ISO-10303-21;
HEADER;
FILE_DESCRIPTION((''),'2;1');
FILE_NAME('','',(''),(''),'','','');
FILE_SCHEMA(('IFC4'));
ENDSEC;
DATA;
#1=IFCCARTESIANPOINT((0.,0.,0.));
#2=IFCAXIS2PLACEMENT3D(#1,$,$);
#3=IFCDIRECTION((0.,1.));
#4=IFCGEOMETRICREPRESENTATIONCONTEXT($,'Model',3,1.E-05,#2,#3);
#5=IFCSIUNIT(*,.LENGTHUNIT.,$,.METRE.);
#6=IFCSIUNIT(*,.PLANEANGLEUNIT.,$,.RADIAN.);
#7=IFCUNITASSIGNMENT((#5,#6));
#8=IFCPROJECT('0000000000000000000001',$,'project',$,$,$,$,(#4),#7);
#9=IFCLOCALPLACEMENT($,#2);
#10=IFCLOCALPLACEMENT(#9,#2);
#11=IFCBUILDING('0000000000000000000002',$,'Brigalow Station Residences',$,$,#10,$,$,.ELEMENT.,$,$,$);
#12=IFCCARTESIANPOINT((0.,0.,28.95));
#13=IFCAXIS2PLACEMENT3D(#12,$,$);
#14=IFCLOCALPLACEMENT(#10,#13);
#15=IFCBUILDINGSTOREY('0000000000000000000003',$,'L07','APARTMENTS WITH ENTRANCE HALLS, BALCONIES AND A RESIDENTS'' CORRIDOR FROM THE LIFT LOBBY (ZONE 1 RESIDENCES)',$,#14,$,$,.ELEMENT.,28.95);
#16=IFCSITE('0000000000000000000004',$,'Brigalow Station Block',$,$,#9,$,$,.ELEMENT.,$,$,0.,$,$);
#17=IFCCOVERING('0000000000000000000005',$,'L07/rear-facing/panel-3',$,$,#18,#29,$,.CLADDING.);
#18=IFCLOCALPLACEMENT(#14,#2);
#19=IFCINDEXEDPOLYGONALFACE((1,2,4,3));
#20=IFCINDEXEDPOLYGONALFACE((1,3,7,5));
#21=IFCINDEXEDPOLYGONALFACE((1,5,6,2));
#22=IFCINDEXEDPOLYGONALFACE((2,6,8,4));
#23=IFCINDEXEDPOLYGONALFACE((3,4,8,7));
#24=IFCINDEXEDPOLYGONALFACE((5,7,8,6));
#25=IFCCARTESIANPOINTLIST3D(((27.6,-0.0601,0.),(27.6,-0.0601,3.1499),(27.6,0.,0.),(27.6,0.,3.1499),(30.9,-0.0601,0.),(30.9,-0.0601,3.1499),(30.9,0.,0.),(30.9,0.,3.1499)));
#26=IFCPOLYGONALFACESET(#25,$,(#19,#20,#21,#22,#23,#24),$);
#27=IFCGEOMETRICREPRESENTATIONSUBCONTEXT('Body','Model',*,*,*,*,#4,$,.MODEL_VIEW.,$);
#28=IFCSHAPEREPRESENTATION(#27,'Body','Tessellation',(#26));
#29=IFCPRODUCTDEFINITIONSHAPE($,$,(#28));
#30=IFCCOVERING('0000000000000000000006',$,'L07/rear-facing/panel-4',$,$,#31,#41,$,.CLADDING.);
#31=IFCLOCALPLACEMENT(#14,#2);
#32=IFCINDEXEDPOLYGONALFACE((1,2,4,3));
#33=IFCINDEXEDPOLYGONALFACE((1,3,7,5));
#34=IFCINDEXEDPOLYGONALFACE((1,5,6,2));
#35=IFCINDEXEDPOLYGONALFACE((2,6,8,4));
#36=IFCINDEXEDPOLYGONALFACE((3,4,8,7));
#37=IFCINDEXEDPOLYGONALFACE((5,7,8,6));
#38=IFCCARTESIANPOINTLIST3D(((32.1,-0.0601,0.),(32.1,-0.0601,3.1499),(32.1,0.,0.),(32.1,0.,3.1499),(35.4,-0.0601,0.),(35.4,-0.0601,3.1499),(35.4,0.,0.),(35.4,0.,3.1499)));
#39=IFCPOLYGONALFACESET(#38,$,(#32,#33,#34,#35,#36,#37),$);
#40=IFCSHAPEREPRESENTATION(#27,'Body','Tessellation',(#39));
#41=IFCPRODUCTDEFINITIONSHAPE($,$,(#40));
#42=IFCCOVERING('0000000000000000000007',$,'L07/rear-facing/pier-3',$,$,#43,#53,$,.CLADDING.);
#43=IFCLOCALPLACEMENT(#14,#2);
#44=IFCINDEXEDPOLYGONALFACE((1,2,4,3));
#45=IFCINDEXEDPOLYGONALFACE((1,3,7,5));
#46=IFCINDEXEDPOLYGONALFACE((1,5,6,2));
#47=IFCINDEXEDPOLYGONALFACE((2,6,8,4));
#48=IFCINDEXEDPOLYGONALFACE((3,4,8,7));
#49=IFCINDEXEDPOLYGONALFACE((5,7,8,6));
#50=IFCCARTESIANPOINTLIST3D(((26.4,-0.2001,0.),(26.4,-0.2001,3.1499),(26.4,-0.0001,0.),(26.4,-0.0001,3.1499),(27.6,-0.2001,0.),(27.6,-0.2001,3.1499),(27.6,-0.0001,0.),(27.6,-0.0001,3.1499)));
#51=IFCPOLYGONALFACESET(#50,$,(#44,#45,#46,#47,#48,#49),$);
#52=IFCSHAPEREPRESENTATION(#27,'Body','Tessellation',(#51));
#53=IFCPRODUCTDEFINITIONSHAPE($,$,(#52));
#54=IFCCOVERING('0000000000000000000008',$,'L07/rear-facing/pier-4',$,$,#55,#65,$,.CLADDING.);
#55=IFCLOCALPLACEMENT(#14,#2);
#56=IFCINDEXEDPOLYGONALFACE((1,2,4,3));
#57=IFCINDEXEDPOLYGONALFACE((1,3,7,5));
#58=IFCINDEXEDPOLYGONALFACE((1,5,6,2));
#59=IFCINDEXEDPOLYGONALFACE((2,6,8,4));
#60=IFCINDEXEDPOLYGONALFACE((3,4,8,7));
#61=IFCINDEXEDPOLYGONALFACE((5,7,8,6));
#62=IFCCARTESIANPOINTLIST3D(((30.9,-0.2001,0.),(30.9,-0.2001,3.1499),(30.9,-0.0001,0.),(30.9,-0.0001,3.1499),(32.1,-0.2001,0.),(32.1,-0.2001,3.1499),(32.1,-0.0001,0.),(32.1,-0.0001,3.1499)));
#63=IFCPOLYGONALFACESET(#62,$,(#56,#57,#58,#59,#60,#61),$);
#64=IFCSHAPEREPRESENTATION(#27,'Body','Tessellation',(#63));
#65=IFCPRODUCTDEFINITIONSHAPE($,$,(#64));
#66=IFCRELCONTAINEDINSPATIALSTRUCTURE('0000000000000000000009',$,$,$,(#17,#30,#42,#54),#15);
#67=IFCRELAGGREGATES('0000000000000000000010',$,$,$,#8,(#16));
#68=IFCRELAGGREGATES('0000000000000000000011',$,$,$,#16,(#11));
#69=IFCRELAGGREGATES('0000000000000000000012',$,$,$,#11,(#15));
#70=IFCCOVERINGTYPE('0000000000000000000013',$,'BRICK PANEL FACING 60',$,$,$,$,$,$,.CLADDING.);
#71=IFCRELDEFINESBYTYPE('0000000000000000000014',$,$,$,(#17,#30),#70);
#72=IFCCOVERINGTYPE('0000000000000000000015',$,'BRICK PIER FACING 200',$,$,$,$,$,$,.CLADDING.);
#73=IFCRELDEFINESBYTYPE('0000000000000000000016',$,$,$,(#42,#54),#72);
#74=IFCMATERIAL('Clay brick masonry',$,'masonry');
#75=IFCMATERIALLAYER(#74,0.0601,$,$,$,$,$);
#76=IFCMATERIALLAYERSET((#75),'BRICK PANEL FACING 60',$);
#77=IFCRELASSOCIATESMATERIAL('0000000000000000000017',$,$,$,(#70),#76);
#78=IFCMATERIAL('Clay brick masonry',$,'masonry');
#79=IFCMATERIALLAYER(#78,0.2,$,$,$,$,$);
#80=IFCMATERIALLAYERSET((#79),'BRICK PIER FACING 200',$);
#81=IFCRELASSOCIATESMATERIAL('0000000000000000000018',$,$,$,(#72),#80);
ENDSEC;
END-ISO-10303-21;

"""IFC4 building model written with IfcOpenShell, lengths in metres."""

from ifc_helpers import new_model, si_unit, direction, frame, origin, origin_2d, place, context, subcontext, project, spatial, rectangle, extrude, material, layer, layer_set, type_object, element, save


model = new_model("IFC4")

# Units and contexts
model_context = context("Model", 3, precision=1e-05, world=origin(), true_north=direction((0.0, 1.0)))
body_context = subcontext(model_context, "Body", "Model", "MODEL_VIEW")
ifc_project = project(units=[si_unit("LENGTHUNIT", "METRE"), si_unit("PLANEANGLEUNIT", "RADIAN")], contexts=[model_context])

# Site, building, storey
site_placement = place(None, origin())
site = spatial("IfcSite", under=ifc_project, at=site_placement, Name="Brigalow Station Block", CompositionType="ELEMENT", RefElevation=0.0)
building_placement = place(site_placement, origin())
building = spatial("IfcBuilding", under=site, at=building_placement, Name="Brigalow Station Residences", CompositionType="ELEMENT")
storey_placement = place(building_placement, frame((0.0, 0.0, 28.95)))
storey = spatial("IfcBuildingStorey", under=building, at=storey_placement, Name="L07", Description="APARTMENTS WITH ENTRANCE HALLS, BALCONIES AND A RESIDENTS' CORRIDOR FROM THE LIFT LOBBY (ZONE 1 RESIDENCES)", CompositionType="ELEMENT", Elevation=28.95)

# Coverings
ifc_material_1 = material(Name="Clay brick masonry", Category="masonry")
ifc_layer_1 = layer(ifc_material_1, 0.0601)
ifc_layer_set_1 = layer_set([ifc_layer_1], Name="BRICK PANEL FACING 60")
covering_type_1 = type_object("IfcCoveringType", Name="BRICK PANEL FACING 60", PredefinedType="CLADDING", material=ifc_layer_set_1)
for number, where, z_axis, x_axis, name in (
    (1, (29.25, -0.03, 0.0), (0.0, 0.0, 1.0), (1.0, 0.0, 0.0), "L07/rear-facing/panel-3"),
    (2, (33.75, -0.03, 0.0), (0.0, 0.0, 1.0), (1.0, 0.0, 0.0), "L07/rear-facing/panel-4"),
):
    element("IfcCovering", number, at=place(storey_placement, frame(where, z_axis=z_axis, x_axis=x_axis)), inside=storey, type_object=covering_type_1, Name=name, PredefinedType="CLADDING", context=body_context, shape_type="SweptSolid", body=[
        extrude(rectangle(XDim=3.3, YDim=0.0601, at=origin_2d()), origin(), (0.0, 0.0, 1.0), 3.1499),
    ])
ifc_material_2 = material(Name="Clay brick masonry", Category="masonry")
ifc_layer_2 = layer(ifc_material_2, 0.2)
ifc_layer_set_2 = layer_set([ifc_layer_2], Name="BRICK PIER FACING 200")
covering_type_2 = type_object("IfcCoveringType", Name="BRICK PIER FACING 200", PredefinedType="CLADDING", material=ifc_layer_set_2)
for number, where, z_axis, x_axis, name in (
    (3, (27.0, -0.1001, 0.0), (0.0, 0.0, 1.0), (1.0, 0.0, 0.0), "L07/rear-facing/pier-3"),
    (4, (31.5, -0.1001, 0.0), (0.0, 0.0, 1.0), (1.0, 0.0, 0.0), "L07/rear-facing/pier-4"),
):
    element("IfcCovering", number, at=place(storey_placement, frame(where, z_axis=z_axis, x_axis=x_axis)), inside=storey, type_object=covering_type_2, Name=name, PredefinedType="CLADDING", context=body_context, shape_type="SweptSolid", body=[
        extrude(rectangle(XDim=1.2, YDim=0.2, at=origin_2d()), origin(), (0.0, 0.0, 1.0), 3.1499),
    ])

save(model, "model.ifc")
